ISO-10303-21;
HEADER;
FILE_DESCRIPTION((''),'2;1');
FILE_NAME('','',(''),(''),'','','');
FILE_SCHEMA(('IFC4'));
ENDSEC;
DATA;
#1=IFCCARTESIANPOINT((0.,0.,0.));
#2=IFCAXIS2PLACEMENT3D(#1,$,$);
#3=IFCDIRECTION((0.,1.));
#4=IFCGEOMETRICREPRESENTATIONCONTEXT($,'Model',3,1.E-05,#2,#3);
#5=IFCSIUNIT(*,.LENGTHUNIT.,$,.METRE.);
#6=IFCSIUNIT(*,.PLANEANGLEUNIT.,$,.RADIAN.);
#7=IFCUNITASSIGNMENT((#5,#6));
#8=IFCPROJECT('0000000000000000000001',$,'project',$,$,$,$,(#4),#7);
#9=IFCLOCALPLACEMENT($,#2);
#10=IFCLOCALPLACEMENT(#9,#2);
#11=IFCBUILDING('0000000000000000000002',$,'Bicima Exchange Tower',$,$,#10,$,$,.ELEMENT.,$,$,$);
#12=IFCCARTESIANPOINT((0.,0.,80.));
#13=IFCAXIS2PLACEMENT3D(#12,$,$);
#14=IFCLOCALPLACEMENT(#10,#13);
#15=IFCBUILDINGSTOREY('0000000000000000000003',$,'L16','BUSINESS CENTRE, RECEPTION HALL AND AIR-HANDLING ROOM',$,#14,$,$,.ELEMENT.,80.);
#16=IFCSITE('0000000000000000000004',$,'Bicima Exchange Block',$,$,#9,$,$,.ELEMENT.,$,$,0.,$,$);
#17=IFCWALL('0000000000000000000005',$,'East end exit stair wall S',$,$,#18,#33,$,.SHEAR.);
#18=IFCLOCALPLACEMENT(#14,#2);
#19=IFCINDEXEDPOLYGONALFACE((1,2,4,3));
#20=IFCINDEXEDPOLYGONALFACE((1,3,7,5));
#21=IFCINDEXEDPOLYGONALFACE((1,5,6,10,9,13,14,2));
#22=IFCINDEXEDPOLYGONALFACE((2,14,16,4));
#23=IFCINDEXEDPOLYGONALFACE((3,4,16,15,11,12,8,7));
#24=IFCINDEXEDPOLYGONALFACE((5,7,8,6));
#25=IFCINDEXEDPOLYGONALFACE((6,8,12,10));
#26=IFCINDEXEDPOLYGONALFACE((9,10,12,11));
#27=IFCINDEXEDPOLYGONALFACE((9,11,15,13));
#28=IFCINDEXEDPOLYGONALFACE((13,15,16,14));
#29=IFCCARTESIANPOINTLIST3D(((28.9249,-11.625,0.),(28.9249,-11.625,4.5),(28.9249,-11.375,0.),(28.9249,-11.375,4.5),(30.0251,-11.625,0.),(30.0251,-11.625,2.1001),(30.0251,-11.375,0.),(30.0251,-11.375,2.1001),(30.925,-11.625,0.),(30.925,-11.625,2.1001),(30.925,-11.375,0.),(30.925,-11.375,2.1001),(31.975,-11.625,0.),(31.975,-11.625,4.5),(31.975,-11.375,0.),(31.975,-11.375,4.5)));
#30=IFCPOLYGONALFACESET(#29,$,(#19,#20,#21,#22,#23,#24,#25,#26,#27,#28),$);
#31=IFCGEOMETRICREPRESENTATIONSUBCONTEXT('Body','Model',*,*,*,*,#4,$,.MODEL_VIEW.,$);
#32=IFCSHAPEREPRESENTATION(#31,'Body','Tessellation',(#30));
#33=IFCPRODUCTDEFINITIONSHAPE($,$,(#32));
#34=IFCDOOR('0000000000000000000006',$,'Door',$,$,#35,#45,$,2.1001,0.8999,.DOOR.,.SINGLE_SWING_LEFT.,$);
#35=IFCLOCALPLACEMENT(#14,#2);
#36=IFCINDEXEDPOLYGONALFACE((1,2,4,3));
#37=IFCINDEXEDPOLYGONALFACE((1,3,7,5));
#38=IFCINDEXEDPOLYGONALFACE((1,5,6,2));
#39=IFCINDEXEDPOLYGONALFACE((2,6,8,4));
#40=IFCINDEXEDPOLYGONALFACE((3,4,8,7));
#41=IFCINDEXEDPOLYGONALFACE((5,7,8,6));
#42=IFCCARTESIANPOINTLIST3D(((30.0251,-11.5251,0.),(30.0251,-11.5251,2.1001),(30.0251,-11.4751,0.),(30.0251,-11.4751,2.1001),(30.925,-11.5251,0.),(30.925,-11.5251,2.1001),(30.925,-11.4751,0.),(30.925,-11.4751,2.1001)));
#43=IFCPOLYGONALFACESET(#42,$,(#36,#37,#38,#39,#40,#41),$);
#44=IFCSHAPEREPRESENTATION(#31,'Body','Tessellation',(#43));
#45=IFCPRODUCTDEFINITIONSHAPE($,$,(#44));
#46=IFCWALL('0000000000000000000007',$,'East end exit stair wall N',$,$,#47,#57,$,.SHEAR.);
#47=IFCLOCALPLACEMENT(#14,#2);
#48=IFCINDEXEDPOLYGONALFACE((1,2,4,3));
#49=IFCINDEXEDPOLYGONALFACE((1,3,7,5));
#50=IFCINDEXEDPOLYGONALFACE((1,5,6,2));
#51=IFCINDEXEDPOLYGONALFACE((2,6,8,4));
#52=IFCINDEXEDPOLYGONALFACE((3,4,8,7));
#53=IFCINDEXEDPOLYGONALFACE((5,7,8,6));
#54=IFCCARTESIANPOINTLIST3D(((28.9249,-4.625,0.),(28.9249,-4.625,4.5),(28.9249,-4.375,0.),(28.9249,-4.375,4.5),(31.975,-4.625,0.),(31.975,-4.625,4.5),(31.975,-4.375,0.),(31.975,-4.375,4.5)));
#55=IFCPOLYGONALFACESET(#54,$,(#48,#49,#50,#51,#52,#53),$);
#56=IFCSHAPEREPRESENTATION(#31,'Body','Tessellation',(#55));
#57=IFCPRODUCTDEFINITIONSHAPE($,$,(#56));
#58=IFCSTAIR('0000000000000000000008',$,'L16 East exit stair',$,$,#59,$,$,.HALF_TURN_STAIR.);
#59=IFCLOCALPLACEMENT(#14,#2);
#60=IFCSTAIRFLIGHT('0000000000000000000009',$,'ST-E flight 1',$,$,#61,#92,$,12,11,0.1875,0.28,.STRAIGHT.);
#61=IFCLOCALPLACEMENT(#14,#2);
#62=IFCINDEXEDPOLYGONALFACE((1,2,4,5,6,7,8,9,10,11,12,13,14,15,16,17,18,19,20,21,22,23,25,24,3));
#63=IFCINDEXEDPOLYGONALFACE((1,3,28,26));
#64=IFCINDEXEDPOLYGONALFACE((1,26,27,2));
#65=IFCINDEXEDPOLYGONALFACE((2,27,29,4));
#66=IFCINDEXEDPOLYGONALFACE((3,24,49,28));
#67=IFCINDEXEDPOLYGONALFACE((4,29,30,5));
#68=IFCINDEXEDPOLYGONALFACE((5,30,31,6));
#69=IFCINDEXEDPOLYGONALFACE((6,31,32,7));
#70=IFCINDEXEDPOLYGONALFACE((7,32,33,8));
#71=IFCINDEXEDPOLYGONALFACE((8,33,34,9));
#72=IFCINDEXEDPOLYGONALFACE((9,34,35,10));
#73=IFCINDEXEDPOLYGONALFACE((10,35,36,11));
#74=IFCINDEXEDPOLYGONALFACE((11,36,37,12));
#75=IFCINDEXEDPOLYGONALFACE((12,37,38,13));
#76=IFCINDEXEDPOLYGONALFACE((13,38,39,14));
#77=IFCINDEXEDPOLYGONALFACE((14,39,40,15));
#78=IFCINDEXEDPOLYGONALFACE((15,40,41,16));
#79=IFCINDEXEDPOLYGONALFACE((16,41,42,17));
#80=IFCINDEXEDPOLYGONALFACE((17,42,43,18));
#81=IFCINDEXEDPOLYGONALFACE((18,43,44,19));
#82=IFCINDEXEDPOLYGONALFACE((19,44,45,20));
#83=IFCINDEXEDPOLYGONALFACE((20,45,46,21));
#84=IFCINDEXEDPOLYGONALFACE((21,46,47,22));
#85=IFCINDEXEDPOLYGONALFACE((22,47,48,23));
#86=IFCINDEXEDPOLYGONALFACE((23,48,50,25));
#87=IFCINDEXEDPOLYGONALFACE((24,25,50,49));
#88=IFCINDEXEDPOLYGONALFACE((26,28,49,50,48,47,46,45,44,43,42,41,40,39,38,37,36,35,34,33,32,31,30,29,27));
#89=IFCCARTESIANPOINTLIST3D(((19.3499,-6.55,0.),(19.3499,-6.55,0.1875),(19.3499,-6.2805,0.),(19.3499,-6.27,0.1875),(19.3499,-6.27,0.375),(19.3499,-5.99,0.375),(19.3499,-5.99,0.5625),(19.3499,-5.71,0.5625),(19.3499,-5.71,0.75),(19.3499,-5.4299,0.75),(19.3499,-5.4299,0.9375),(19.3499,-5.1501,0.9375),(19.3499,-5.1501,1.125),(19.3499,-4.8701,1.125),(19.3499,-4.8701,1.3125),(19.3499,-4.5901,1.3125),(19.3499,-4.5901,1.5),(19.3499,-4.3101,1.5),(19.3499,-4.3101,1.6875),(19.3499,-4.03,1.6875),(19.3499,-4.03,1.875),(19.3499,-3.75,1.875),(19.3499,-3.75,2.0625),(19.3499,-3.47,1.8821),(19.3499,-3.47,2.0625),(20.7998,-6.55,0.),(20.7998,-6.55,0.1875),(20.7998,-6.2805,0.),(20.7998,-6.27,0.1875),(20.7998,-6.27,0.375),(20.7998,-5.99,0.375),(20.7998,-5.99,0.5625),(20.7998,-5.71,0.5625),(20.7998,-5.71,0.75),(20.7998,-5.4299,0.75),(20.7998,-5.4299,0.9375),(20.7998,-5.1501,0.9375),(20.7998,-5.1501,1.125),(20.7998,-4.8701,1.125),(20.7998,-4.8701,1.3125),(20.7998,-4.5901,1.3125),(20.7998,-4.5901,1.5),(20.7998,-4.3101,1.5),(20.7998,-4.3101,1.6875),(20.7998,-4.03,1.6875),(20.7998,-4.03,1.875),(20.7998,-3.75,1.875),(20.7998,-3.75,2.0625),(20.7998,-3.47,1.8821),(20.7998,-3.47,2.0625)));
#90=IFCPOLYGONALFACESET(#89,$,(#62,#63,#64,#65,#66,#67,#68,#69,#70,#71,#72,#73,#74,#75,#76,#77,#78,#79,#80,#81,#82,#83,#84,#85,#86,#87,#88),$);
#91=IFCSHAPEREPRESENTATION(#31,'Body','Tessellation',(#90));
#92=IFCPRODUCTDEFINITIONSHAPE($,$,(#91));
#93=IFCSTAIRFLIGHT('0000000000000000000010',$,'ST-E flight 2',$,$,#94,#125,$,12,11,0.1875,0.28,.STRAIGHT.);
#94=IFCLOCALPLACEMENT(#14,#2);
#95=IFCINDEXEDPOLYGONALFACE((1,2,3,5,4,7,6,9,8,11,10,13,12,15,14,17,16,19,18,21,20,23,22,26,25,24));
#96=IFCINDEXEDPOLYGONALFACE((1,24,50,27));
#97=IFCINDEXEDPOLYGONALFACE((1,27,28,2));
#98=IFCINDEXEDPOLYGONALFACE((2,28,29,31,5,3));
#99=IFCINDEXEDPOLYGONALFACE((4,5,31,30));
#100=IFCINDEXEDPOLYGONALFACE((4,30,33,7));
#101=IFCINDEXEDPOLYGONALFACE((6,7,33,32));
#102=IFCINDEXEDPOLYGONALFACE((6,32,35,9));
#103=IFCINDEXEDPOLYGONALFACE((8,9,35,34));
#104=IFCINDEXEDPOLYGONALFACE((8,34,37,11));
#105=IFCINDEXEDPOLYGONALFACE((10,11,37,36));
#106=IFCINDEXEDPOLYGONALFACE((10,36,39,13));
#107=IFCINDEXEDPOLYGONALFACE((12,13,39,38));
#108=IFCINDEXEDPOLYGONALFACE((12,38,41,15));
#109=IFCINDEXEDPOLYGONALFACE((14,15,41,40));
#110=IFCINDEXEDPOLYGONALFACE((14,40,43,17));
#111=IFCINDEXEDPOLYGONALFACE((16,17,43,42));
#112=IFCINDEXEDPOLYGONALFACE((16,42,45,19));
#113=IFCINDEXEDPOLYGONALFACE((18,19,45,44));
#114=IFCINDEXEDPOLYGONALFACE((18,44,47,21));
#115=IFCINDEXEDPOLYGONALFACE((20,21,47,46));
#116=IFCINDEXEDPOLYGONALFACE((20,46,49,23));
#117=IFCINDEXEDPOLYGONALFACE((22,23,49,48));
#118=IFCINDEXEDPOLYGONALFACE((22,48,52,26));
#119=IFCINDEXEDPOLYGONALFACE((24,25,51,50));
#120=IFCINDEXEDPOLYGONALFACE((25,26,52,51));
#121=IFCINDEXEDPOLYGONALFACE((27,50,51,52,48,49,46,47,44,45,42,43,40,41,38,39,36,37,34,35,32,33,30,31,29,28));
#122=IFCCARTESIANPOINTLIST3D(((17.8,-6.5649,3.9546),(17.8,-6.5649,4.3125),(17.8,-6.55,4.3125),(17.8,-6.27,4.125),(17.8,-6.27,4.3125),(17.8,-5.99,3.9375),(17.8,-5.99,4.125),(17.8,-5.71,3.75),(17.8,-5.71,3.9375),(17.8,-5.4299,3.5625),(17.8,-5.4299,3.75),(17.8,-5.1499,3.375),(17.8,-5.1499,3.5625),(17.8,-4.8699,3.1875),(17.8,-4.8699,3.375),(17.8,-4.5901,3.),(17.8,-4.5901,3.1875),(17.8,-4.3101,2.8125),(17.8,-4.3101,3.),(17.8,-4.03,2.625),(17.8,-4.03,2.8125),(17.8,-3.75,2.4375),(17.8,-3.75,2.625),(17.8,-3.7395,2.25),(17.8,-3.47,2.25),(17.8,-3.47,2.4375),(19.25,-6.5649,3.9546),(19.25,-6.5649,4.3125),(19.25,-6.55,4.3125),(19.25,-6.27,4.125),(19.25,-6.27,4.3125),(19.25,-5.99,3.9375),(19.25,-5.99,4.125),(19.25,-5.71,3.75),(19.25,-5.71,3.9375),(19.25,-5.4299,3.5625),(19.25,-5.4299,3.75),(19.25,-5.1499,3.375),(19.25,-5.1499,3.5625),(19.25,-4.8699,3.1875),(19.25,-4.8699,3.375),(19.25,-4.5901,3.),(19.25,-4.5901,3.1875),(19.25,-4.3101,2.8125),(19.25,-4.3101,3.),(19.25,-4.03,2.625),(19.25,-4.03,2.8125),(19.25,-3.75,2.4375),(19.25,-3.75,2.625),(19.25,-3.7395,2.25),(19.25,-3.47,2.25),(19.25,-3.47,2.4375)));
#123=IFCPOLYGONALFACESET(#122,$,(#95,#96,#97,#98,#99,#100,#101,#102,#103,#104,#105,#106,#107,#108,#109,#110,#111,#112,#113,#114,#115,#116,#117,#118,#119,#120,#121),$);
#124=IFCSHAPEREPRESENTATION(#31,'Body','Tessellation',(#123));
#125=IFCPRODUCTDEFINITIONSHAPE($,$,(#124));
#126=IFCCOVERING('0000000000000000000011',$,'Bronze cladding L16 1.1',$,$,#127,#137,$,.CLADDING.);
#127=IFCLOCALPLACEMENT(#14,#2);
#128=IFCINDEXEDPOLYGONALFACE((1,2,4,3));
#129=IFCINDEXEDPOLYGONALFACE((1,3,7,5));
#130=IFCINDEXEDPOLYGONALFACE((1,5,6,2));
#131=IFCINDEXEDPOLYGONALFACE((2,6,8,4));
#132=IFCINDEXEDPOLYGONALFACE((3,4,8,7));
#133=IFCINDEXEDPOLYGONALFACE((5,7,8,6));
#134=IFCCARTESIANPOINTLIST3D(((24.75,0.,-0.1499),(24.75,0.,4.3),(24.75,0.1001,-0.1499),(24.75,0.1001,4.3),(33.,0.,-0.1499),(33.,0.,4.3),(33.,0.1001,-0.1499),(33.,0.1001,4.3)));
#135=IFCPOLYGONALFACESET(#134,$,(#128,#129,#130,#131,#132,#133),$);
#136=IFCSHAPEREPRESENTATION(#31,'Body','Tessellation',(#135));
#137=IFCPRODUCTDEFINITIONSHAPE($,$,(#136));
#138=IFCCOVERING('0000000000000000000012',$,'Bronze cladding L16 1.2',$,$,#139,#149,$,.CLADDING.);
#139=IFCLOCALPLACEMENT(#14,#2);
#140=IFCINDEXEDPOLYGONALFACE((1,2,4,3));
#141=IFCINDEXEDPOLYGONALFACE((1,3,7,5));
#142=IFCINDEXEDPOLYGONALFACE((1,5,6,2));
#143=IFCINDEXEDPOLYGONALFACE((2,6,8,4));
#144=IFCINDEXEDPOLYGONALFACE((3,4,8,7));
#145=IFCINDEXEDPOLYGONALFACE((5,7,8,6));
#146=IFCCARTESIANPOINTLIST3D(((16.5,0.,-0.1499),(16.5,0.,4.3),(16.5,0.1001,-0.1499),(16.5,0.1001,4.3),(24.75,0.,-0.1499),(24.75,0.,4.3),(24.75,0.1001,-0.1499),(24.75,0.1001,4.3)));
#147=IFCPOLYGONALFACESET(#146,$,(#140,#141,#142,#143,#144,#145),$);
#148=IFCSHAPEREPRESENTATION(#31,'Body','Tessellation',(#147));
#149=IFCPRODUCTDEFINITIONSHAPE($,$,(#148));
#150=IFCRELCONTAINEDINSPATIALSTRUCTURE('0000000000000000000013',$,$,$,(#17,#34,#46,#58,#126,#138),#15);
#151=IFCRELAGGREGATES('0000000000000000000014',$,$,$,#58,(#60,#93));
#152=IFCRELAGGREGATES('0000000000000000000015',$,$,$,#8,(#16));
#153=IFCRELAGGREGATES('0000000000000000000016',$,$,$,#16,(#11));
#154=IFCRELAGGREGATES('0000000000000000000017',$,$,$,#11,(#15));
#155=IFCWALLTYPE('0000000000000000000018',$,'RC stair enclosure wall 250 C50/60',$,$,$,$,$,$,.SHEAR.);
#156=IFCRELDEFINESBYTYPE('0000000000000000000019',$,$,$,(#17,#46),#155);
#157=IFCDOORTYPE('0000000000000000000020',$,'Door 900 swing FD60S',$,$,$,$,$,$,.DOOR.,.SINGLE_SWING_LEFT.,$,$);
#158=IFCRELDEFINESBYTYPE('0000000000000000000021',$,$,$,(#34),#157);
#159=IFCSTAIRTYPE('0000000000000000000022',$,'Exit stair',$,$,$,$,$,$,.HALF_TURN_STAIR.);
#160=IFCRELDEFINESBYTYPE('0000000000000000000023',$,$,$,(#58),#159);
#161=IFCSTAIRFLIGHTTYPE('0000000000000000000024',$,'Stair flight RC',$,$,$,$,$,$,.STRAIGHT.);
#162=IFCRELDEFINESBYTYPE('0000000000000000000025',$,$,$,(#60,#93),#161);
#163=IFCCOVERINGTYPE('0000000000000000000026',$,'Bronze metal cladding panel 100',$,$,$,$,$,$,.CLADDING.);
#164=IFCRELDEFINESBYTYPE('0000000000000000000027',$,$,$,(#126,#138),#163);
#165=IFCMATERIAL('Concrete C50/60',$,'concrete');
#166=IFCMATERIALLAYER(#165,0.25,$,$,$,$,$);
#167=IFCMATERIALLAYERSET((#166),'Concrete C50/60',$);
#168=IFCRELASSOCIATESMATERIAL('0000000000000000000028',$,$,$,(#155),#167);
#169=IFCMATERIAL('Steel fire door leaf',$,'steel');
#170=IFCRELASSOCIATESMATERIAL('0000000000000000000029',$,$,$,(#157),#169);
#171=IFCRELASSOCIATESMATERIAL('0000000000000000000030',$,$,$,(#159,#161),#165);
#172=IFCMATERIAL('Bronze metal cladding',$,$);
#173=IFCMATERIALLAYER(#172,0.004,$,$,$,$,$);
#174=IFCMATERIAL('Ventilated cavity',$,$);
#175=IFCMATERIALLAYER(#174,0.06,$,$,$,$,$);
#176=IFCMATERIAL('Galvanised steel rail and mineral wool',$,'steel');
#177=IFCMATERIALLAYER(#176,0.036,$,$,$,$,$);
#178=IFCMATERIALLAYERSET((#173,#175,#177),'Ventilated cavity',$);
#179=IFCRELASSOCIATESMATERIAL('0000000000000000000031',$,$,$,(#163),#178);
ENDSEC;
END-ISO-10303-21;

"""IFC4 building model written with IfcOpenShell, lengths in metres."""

from ifc_helpers import new_model, si_unit, direction, frame, frame_2d, origin, origin_2d, place, context, subcontext, project, spatial, polyline, rectangle, outline, extrude, material, layer, layer_set, type_object, element, fill, aggregate, save


model = new_model("IFC4")

# Units and contexts
model_context = context("Model", 3, precision=1e-05, world=origin(), true_north=direction((0.0, 1.0)))
body_context = subcontext(model_context, "Body", "Model", "MODEL_VIEW")
ifc_project = project(units=[si_unit("LENGTHUNIT", "METRE"), si_unit("PLANEANGLEUNIT", "RADIAN")], contexts=[model_context])

# Site, building, storey
site_placement = place(None, origin())
site = spatial("IfcSite", under=ifc_project, at=site_placement, Name="Bicima Exchange Block", CompositionType="ELEMENT", RefElevation=0.0)
building_placement = place(site_placement, origin())
building = spatial("IfcBuilding", under=site, at=building_placement, Name="Bicima Exchange Tower", CompositionType="ELEMENT")
storey_placement = place(building_placement, frame((0.0, 0.0, 80.0)))
storey = spatial("IfcBuildingStorey", under=building, at=storey_placement, Name="L16", Description="BUSINESS CENTRE, RECEPTION HALL AND AIR-HANDLING ROOM", CompositionType="ELEMENT", Elevation=80.0)

# Shared definitions
ifc_material_1 = material(Name="Steel fire door leaf", Category="steel")

# Shared definitions
ifc_material_2 = material(Name="Concrete C50/60", Category="concrete")

# Shared definitions
ifc_layer_1 = layer(ifc_material_2, 0.25)
ifc_layer_set_1 = layer_set([ifc_layer_1], Name="Concrete C50/60")
wall_type_1 = type_object("IfcWallType", Name="RC stair enclosure wall 250 C50/60", PredefinedType="SHEAR", material=ifc_layer_set_1)

# Wall, opening, door
wall_1_placement = place(storey_placement, frame((28.925, -11.5, 0.0), z_axis=(0.0, 0.0, 1.0), x_axis=(1.0, 0.0, 0.0)))
wall_1 = element("IfcWall", 1, at=wall_1_placement, inside=storey, type_object=wall_type_1, Name="East end exit stair wall S", PredefinedType="SHEAR", context=body_context, shape_type="SweptSolid", body=[
    extrude(rectangle(XDim=3.05, YDim=0.25, at=frame_2d((1.5249, 0.0))), origin(), (0.0, 0.0, 1.0), 4.5),
])
opening_1_placement = place(wall_1_placement, frame((1.1001, 0.0, 0.0)))
opening_1 = element("IfcOpeningElement", 2, at=opening_1_placement, cuts=wall_1, PredefinedType="OPENING", context=body_context, shape_type="SweptSolid", body=[
    extrude(rectangle(XDim=0.8999, YDim=2.1001, at=frame_2d((0.45, 1.05))), frame((0.0, 0.137, 0.0), z_axis=(0.0, -1.0, 0.0), x_axis=(1.0, 0.0, 0.0)), (0.0, 0.0, 1.0), 0.2739),
])
door_type_1 = type_object("IfcDoorType", Name="Door 900 swing FD60S", OperationType="SINGLE_SWING_LEFT", PredefinedType="DOOR", material=ifc_material_1)
door_1_placement = place(opening_1_placement, origin())
door_1 = element("IfcDoor", 3, at=door_1_placement, inside=storey, type_object=door_type_1, Name="Door", OperationType="SINGLE_SWING_LEFT", OverallHeight=2.1001, OverallWidth=0.8999, PredefinedType="DOOR", context=body_context, shape_type="SweptSolid", body=[
    extrude(rectangle(XDim=0.8999, YDim=2.1001, at=frame_2d((0.45, 1.05))), frame((0.0, 0.0249, 0.0), z_axis=(0.0, -1.0, 0.0), x_axis=(1.0, 0.0, 0.0)), (0.0, 0.0, 1.0), 0.05),
])
fill(opening_1, door_1)

# Wall
wall_2_placement = place(storey_placement, frame((28.925, -4.5, 0.0), z_axis=(0.0, 0.0, 1.0), x_axis=(1.0, 0.0, 0.0)))
element("IfcWall", 4, at=wall_2_placement, inside=storey, type_object=wall_type_1, Name="East end exit stair wall N", PredefinedType="SHEAR", context=body_context, shape_type="SweptSolid", body=[
    extrude(rectangle(XDim=3.05, YDim=0.25, at=frame_2d((1.5249, 0.0))), origin(), (0.0, 0.0, 1.0), 4.5),
])

# Stair, stair flights
stair_type = type_object("IfcStairType", Name="Exit stair", PredefinedType="HALF_TURN_STAIR", material=ifc_material_2)
stair_placement = place(storey_placement, origin())
stair = element("IfcStair", 5, at=stair_placement, inside=storey, type_object=stair_type, Name="L16 East exit stair", PredefinedType="HALF_TURN_STAIR")
stair_flight_type = type_object("IfcStairFlightType", Name="Stair flight RC", PredefinedType="STRAIGHT", material=ifc_material_2)
stair_flight_1_placement = place(storey_placement, frame((20.075, -6.55, 0.0), z_axis=(0.0, 0.0, 1.0), x_axis=(0.0, 1.0, 0.0)))
stair_flight_1 = element("IfcStairFlight", 6, at=stair_flight_1_placement, type_object=stair_flight_type, Name="ST-E flight 1", NumberOfRisers=12, NumberOfTreads=11, PredefinedType="STRAIGHT", RiserHeight=0.1875, TreadLength=0.28, context=body_context, shape_type="SweptSolid", body=[
    extrude(outline(polyline([(0.0, 0.0), (0.0, 0.1875), (0.28, 0.1875), (0.28, 0.375), (0.5601, 0.375), (0.5601, 0.5625), (0.8401, 0.5625), (0.8401, 0.75), (1.1201, 0.75), (1.1201, 0.9375), (1.3999, 0.9375), (1.3999, 1.125), (1.6799, 1.125), (1.6799, 1.3125), (1.96, 1.3125), (1.96, 1.5), (2.24, 1.5), (2.24, 1.6875), (2.52, 1.6875), (2.52, 1.875), (2.8, 1.875), (2.8, 2.0625), (3.0801, 2.0625), (3.0801, 2.25), (3.0801, 1.8821), (0.2695, 0.0), (0.0, 0.0)])), frame((0.0, 0.7251, 0.0), z_axis=(0.0, -1.0, 0.0), x_axis=(1.0, 0.0, 0.0)), (0.0, 0.0, 1.0), 1.45),
])
stair_flight_2_placement = place(storey_placement, frame((18.5249, -3.47, 2.25), z_axis=(0.0, 0.0, 1.0), x_axis=(0.0, -1.0, 0.0)))
stair_flight_2 = element("IfcStairFlight", 7, at=stair_flight_2_placement, type_object=stair_flight_type, Name="ST-E flight 2", NumberOfRisers=12, NumberOfTreads=11, PredefinedType="STRAIGHT", RiserHeight=0.1875, TreadLength=0.28, context=body_context, shape_type="SweptSolid", body=[
    extrude(outline(polyline([(0.0, 0.0), (0.0, 0.1875), (0.28, 0.1875), (0.28, 0.375), (0.5601, 0.375), (0.5601, 0.5625), (0.8401, 0.5625), (0.8401, 0.75), (1.1201, 0.75), (1.1201, 0.9375), (1.3999, 0.9375), (1.3999, 1.125), (1.6799, 1.125), (1.6799, 1.3125), (1.96, 1.3125), (1.96, 1.5), (2.24, 1.5), (2.24, 1.6875), (2.52, 1.6875), (2.52, 1.875), (2.8, 1.875), (2.8, 2.0625), (3.0801, 2.0625), (3.095, 2.0625), (3.095, 1.7046), (0.2695, 0.0), (0.0, 0.0)])), frame((0.0, 0.7251, 0.0), z_axis=(0.0, -1.0, 0.0), x_axis=(1.0, 0.0, 0.0)), (0.0, 0.0, 1.0), 1.45),
])
aggregate(stair, [stair_flight_1, stair_flight_2])

# Coverings
ifc_material_3 = material(Name="Bronze metal cladding")
ifc_layer_2 = layer(ifc_material_3, 0.004)
ifc_material_4 = material(Name="Ventilated cavity")
ifc_layer_3 = layer(ifc_material_4, 0.06)
ifc_material_5 = material(Name="Galvanised steel rail and mineral wool", Category="steel")
ifc_layer_4 = layer(ifc_material_5, 0.036)
ifc_layer_set_2 = layer_set([ifc_layer_2, ifc_layer_3, ifc_layer_4], Name="Ventilated cavity")
covering_type = type_object("IfcCoveringType", Name="Bronze metal cladding panel 100", PredefinedType="CLADDING", material=ifc_layer_set_2)
for number, where, z_axis, x_axis, name in (
    (8, (28.875, 0.05, -0.1499), (0.0, 0.0, 1.0), (-1.0, 0.0, 0.0), "Bronze cladding L16 1.1"),
    (9, (20.625, 0.05, -0.1499), (0.0, 0.0, 1.0), (-1.0, 0.0, 0.0), "Bronze cladding L16 1.2"),
):
    element("IfcCovering", number, at=place(storey_placement, frame(where, z_axis=z_axis, x_axis=x_axis)), inside=storey, type_object=covering_type, Name=name, PredefinedType="CLADDING", context=body_context, shape_type="SweptSolid", body=[
        extrude(rectangle(XDim=8.25, YDim=0.1001, at=origin_2d()), origin(), (0.0, 0.0, 1.0), 4.45),
    ])

save(model, "model.ifc")
